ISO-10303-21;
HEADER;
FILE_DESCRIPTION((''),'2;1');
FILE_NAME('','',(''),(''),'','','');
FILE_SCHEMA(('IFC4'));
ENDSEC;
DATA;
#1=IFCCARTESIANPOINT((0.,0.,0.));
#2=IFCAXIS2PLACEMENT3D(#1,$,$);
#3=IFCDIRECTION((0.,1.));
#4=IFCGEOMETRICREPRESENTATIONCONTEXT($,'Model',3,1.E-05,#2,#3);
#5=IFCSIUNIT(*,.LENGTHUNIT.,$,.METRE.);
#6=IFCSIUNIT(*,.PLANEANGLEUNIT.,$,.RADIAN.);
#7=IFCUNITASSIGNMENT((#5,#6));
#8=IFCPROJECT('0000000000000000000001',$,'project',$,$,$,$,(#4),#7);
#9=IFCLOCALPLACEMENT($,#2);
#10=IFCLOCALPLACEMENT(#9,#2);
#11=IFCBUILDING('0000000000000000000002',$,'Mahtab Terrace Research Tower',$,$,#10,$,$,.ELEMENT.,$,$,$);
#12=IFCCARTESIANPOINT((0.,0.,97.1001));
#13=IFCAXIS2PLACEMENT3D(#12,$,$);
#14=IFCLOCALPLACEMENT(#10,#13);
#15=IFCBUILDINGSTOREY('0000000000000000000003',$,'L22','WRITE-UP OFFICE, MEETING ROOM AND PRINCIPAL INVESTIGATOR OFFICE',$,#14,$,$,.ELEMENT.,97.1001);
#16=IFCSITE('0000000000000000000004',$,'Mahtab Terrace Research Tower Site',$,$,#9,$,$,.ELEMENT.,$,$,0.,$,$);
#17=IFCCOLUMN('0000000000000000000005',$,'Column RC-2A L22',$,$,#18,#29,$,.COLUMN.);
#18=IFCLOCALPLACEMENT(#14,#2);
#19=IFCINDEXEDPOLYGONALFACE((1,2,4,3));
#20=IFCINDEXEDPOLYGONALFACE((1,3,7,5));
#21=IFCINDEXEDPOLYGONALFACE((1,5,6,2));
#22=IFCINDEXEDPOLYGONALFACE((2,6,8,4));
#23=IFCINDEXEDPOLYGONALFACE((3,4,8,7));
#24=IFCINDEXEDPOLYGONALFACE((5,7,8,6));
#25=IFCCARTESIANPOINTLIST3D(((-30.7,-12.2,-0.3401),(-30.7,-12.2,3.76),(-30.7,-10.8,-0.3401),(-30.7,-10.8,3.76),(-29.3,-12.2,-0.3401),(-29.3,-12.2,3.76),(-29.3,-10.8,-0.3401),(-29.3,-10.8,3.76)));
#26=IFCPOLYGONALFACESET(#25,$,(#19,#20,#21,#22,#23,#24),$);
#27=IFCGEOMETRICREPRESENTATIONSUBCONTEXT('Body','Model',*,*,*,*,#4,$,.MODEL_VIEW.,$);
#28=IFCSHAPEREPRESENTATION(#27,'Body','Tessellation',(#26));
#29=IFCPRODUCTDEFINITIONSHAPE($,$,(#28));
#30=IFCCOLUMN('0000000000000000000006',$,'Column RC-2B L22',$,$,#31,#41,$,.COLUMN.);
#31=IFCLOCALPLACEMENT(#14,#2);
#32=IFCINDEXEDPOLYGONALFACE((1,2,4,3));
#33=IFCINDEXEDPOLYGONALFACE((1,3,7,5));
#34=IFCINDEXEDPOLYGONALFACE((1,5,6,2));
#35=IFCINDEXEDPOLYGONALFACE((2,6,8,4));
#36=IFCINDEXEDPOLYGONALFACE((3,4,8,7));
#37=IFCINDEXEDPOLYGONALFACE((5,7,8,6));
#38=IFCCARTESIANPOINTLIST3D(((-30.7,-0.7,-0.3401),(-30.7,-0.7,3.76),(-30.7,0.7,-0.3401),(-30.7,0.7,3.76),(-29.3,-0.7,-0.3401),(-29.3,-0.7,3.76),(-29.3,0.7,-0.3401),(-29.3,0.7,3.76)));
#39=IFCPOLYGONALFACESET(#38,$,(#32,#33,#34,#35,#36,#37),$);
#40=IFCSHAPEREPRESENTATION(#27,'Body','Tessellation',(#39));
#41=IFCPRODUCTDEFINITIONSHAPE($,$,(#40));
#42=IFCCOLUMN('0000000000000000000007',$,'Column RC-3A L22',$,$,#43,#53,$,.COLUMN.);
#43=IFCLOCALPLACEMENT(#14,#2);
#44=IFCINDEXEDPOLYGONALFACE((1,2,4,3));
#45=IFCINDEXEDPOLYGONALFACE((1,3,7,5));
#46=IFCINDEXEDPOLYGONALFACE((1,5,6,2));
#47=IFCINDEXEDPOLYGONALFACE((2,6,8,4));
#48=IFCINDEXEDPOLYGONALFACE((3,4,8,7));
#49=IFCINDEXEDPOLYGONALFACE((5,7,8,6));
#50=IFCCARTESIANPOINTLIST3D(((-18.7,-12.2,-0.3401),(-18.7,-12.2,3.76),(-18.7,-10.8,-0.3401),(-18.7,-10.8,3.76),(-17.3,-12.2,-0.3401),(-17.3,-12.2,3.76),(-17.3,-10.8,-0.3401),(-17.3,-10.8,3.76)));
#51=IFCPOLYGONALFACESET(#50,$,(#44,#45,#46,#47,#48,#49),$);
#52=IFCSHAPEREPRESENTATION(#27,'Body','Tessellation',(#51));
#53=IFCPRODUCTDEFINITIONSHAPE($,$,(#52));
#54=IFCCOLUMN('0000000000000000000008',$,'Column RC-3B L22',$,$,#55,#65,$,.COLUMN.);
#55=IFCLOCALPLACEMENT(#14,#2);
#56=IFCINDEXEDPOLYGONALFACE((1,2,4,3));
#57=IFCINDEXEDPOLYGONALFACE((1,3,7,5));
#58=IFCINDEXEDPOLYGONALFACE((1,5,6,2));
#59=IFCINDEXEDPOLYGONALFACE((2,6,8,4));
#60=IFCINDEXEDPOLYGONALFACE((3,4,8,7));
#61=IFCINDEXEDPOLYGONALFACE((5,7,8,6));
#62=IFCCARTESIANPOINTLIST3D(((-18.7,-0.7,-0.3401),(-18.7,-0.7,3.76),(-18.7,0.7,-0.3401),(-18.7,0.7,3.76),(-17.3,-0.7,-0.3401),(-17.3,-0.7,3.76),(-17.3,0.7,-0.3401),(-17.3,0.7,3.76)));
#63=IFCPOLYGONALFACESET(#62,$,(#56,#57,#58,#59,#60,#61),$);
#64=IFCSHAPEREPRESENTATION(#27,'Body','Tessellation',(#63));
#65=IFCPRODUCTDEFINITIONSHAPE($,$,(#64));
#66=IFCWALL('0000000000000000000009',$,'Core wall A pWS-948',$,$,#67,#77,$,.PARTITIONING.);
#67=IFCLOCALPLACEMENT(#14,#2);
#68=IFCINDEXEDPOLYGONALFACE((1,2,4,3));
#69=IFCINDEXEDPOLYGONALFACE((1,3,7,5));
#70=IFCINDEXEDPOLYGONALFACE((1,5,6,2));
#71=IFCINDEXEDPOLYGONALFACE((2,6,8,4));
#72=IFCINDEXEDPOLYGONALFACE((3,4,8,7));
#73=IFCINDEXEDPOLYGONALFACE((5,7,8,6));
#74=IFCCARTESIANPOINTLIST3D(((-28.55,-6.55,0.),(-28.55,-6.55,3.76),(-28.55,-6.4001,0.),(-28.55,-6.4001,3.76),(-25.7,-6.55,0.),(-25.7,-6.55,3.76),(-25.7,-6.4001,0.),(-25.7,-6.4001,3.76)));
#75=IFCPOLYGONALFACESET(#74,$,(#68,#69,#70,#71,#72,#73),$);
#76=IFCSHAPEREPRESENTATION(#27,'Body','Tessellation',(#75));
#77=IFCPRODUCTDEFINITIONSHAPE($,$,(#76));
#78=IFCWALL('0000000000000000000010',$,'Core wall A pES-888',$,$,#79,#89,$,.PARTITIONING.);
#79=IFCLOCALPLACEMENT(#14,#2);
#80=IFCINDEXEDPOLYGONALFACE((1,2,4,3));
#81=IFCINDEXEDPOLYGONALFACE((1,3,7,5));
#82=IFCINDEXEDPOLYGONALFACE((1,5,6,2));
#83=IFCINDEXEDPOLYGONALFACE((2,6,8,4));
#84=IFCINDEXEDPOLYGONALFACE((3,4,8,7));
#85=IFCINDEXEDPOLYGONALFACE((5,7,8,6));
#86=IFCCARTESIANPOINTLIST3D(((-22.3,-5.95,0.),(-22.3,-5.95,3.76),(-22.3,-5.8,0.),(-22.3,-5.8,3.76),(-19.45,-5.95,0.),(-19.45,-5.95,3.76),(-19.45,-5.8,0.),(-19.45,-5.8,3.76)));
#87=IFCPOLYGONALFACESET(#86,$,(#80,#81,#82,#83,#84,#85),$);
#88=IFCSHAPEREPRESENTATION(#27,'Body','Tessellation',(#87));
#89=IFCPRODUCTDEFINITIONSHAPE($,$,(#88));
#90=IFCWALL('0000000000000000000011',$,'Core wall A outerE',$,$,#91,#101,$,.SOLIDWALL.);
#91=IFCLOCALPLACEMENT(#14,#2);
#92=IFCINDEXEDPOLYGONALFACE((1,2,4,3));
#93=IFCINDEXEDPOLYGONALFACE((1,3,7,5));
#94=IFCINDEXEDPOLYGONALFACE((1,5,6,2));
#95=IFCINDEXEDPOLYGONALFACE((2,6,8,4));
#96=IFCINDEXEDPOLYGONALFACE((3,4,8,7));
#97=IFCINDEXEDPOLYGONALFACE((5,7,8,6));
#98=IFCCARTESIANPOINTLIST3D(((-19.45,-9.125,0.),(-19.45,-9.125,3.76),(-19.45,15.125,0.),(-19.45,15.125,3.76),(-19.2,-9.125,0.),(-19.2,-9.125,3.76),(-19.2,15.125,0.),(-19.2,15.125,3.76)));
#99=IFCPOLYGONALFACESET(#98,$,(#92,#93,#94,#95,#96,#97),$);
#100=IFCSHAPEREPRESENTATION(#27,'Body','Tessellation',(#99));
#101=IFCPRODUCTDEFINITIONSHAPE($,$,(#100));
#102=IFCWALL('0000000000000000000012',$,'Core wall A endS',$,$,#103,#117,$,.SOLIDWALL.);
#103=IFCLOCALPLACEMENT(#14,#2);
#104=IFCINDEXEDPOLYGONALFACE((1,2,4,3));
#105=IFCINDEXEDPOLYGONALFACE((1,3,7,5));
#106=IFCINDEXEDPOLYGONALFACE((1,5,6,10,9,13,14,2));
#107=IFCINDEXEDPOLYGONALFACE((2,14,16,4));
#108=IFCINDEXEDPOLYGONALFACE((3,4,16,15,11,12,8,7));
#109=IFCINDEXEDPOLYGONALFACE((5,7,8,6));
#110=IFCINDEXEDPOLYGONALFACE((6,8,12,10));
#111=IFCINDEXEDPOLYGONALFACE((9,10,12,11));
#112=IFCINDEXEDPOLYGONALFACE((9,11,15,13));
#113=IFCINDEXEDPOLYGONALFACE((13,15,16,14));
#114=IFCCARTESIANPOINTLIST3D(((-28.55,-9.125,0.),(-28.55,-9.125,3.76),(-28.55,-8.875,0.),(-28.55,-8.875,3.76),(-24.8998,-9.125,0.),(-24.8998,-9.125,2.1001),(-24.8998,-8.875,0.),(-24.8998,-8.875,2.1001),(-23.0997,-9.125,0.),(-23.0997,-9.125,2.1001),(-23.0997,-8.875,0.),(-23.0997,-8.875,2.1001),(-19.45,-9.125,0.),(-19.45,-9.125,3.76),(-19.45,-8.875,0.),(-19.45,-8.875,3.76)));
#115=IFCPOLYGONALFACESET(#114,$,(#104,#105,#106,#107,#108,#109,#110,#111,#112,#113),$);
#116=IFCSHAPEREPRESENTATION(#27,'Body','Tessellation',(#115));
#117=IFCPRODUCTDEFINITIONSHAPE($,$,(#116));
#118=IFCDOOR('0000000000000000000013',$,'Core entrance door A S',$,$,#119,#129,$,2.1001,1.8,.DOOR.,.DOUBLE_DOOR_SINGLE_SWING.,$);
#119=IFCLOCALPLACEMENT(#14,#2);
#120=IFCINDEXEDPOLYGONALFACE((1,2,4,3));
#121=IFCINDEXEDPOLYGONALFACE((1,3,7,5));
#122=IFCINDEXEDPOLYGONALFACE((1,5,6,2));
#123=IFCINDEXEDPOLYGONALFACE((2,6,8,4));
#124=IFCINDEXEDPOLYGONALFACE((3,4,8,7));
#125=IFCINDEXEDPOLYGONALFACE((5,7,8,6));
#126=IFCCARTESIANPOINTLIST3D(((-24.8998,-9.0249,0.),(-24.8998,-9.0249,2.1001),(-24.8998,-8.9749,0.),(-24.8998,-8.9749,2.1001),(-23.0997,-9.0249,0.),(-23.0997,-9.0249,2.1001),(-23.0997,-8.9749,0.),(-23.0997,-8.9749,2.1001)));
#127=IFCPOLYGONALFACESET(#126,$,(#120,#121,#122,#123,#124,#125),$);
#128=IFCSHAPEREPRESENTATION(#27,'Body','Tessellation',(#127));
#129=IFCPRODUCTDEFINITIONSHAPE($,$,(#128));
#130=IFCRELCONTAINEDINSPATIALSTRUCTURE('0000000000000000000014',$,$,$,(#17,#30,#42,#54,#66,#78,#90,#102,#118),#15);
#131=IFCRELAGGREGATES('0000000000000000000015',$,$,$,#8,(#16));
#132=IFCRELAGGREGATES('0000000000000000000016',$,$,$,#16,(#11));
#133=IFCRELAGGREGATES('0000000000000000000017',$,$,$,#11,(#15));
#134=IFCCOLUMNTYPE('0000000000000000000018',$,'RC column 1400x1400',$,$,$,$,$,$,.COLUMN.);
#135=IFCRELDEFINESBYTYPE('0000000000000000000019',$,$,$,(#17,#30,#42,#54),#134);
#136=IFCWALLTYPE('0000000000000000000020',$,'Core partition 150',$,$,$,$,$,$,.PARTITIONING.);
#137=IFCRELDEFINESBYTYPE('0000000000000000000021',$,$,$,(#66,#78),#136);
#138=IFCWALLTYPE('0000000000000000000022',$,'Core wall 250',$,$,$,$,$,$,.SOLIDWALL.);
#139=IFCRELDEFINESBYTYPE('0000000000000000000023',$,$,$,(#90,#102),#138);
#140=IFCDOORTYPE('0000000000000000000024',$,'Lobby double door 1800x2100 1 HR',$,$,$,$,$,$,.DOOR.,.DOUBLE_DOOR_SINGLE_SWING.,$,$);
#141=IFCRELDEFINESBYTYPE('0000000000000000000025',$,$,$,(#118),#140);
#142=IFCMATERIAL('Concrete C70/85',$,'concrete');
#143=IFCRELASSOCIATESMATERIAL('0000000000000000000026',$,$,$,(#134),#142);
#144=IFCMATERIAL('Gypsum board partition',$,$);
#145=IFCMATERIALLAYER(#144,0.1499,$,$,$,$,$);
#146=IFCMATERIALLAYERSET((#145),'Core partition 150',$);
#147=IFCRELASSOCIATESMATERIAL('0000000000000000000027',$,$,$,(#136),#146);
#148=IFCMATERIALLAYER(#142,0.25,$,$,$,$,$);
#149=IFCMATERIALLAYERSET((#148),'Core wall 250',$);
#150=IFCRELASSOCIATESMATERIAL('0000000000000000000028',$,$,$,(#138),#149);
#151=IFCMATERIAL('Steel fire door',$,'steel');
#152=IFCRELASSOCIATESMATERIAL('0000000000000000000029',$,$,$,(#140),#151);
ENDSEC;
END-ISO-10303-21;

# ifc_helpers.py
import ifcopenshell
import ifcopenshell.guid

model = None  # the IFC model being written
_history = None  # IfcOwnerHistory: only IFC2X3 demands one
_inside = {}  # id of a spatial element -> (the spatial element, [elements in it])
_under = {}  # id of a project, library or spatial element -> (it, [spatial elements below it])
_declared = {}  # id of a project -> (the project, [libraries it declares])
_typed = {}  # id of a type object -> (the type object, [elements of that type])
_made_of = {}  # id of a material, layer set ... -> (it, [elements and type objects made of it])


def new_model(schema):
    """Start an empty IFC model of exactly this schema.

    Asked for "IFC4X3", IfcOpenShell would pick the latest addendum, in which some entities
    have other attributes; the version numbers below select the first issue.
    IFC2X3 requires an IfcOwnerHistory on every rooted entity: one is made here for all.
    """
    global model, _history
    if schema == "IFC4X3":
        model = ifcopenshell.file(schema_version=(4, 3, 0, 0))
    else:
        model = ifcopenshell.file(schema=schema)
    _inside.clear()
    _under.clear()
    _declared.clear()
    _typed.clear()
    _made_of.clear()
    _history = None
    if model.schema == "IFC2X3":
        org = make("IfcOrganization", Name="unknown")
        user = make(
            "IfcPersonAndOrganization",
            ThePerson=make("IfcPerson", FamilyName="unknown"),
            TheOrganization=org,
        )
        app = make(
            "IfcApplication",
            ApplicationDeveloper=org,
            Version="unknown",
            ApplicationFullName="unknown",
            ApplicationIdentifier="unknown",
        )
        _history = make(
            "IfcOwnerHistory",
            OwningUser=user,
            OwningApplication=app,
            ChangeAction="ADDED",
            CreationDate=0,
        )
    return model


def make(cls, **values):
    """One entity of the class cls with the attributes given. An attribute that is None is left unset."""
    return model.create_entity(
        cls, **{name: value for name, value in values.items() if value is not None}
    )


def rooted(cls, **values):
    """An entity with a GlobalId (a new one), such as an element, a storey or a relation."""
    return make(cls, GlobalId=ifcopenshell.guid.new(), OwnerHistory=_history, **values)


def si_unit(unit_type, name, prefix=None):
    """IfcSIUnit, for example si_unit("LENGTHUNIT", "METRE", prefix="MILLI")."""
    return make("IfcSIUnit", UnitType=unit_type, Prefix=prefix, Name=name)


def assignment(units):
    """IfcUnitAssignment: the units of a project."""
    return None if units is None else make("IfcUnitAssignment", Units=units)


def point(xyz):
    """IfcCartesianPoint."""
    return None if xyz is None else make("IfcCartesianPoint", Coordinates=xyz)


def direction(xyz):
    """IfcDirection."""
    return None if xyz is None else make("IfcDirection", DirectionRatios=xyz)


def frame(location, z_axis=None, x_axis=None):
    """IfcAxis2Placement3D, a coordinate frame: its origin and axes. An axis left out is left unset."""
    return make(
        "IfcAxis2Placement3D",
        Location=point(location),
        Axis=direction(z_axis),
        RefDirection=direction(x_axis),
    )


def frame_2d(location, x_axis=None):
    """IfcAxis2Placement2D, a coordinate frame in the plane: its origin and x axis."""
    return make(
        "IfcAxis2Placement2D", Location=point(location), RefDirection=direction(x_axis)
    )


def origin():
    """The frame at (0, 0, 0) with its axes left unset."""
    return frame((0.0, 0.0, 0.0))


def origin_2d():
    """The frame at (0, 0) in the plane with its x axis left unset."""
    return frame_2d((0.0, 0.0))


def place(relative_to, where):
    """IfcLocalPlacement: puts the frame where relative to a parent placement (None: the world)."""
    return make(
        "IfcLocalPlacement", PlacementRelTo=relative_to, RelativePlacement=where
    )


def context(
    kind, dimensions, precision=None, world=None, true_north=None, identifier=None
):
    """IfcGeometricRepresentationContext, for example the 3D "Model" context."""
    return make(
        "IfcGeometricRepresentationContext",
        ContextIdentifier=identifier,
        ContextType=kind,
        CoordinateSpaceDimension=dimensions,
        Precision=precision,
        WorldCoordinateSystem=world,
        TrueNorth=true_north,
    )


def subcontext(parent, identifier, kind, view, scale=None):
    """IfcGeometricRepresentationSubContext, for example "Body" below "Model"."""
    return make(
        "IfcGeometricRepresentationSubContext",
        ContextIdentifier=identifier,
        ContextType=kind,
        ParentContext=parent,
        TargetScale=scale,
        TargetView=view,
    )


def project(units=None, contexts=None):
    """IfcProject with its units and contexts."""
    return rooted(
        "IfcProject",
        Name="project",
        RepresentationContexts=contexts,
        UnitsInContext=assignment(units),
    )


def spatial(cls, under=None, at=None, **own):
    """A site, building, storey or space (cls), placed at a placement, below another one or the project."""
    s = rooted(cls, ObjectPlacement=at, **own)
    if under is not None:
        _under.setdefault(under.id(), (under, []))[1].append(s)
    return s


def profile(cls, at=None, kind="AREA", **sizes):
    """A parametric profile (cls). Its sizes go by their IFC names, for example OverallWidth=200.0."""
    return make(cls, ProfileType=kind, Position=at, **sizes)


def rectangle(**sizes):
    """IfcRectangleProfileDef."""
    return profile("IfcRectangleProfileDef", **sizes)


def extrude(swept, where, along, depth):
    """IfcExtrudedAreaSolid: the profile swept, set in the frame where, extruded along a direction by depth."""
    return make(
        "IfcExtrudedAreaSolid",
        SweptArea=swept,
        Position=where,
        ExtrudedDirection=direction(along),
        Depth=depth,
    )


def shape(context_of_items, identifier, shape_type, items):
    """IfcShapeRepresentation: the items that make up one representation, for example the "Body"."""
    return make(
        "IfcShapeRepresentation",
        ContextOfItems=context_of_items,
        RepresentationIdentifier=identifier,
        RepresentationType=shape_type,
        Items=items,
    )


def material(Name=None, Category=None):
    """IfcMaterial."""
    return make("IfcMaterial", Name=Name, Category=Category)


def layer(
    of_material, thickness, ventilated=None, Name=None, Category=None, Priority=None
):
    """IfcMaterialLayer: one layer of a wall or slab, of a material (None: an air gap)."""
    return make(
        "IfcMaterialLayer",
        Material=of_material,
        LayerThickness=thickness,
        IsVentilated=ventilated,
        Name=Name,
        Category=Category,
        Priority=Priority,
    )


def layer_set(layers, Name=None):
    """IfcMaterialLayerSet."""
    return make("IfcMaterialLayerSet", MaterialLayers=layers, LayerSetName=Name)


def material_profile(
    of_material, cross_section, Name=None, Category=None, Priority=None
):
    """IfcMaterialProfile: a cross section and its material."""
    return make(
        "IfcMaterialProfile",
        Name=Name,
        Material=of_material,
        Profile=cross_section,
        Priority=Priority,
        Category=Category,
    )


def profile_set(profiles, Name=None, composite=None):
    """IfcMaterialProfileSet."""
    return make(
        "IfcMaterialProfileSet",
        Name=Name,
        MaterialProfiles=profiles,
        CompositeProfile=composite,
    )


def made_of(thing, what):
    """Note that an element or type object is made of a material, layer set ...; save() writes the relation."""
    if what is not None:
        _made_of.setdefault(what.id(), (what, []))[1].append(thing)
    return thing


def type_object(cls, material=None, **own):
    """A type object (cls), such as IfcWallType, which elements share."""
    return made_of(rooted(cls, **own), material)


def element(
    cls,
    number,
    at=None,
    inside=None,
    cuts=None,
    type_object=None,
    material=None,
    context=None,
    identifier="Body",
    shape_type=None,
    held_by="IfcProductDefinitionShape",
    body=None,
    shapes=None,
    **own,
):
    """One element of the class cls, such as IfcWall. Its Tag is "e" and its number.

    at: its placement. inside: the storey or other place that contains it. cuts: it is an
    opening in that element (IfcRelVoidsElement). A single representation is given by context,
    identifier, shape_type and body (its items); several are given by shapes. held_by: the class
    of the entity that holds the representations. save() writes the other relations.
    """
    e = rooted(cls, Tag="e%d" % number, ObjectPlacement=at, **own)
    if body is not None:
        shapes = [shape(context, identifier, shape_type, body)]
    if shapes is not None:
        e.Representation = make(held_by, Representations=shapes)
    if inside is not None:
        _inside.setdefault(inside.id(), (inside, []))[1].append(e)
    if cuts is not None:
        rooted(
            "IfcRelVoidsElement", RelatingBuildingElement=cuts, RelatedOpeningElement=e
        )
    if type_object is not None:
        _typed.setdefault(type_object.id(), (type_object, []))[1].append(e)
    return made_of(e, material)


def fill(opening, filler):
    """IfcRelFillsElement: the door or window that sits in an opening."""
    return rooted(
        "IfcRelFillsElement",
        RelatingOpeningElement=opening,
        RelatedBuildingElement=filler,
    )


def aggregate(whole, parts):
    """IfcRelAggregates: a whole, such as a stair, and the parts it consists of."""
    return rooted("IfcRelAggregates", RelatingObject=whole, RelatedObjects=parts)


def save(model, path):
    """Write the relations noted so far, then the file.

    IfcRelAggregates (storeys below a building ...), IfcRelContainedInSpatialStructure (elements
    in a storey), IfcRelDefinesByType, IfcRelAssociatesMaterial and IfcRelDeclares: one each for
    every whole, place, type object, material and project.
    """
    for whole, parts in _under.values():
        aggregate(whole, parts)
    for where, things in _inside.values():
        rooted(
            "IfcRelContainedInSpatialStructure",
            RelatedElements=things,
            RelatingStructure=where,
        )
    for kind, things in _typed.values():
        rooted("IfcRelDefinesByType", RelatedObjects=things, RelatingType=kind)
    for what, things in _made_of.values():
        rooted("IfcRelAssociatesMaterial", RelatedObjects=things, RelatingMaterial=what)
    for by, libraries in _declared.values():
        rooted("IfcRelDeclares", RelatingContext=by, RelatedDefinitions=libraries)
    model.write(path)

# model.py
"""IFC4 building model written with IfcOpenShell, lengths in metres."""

from ifc_helpers import new_model, si_unit, direction, frame, frame_2d, origin, origin_2d, place, context, subcontext, project, spatial, rectangle, extrude, material, layer, layer_set, material_profile, profile_set, type_object, element, fill, save


model = new_model("IFC4")

# Units and contexts
model_context = context("Model", 3, precision=1e-05, world=origin(), true_north=direction((0.0, 1.0)))
body_context = subcontext(model_context, "Body", "Model", "MODEL_VIEW")
ifc_project = project(units=[si_unit("LENGTHUNIT", "METRE"), si_unit("PLANEANGLEUNIT", "RADIAN")], contexts=[model_context])

# Site, building, storey
site_placement = place(None, origin())
site = spatial("IfcSite", under=ifc_project, at=site_placement, Name="Mahtab Terrace Research Tower Site", CompositionType="ELEMENT", RefElevation=0.0)
building_placement = place(site_placement, origin())
building = spatial("IfcBuilding", under=site, at=building_placement, Name="Mahtab Terrace Research Tower", CompositionType="ELEMENT")
storey_placement = place(building_placement, frame((0.0, 0.0, 97.1001)))
storey = spatial("IfcBuildingStorey", under=building, at=storey_placement, Name="L22", Description="WRITE-UP OFFICE, MEETING ROOM AND PRINCIPAL INVESTIGATOR OFFICE", CompositionType="ELEMENT", Elevation=97.1001)

# Columns
ifc_material_1 = material(Name="Concrete C70/85", Category="concrete")
ifc_material_profile = material_profile(ifc_material_1, rectangle(XDim=1.3999, YDim=1.3999, at=origin_2d()), Name="RC column 1400x1400")
ifc_profile_set = profile_set([ifc_material_profile], Name="Concrete C70/85")
column_type = type_object("IfcColumnType", Name="RC column 1400x1400", PredefinedType="COLUMN", material=ifc_profile_set)
for number, where, z_axis, x_axis, name in (
    (1, (-30.0, -11.5, -0.3401), (0.0, 0.0, 1.0), (1.0, 0.0, 0.0), "Column RC-2A L22"),
    (2, (-30.0, 0.0, -0.3401), (0.0, 0.0, 1.0), (1.0, 0.0, 0.0), "Column RC-2B L22"),
    (3, (-18.0, -11.5, -0.3401), (0.0, 0.0, 1.0), (1.0, 0.0, 0.0), "Column RC-3A L22"),
    (4, (-18.0, 0.0, -0.3401), (0.0, 0.0, 1.0), (1.0, 0.0, 0.0), "Column RC-3B L22"),
):
    element("IfcColumn", number, at=place(storey_placement, frame(where, z_axis=z_axis, x_axis=x_axis)), inside=storey, type_object=column_type, Name=name, PredefinedType="COLUMN", context=body_context, shape_type="SweptSolid", body=[
        extrude(rectangle(XDim=1.3999, YDim=1.3999, at=origin_2d()), origin(), (0.0, 0.0, 1.0), 4.1001),
    ])

# Walls
ifc_material_2 = material(Name="Gypsum board partition")
ifc_layer_1 = layer(ifc_material_2, 0.1499)
ifc_layer_set_1 = layer_set([ifc_layer_1], Name="Core partition 150")
wall_type_1 = type_object("IfcWallType", Name="Core partition 150", PredefinedType="PARTITIONING", material=ifc_layer_set_1)
for number, where, z_axis, x_axis, name in (
    (5, (-28.55, -6.4751, 0.0), (0.0, 0.0, 1.0), (1.0, 0.0, 0.0), "Core wall A pWS-948"),
    (6, (-22.3, -5.875, 0.0), (0.0, 0.0, 1.0), (1.0, 0.0, 0.0), "Core wall A pES-888"),
):
    element("IfcWall", number, at=place(storey_placement, frame(where, z_axis=z_axis, x_axis=x_axis)), inside=storey, type_object=wall_type_1, Name=name, PredefinedType="PARTITIONING", context=body_context, shape_type="SweptSolid", body=[
        extrude(rectangle(XDim=2.8501, YDim=0.1499, at=frame_2d((1.425, 0.0))), origin(), (0.0, 0.0, 1.0), 3.76),
    ])
ifc_layer_2 = layer(ifc_material_1, 0.25)
ifc_layer_set_2 = layer_set([ifc_layer_2], Name="Core wall 250")
wall_type_2 = type_object("IfcWallType", Name="Core wall 250", PredefinedType="SOLIDWALL", material=ifc_layer_set_2)
wall_1_placement = place(storey_placement, frame((-19.325, -9.125, 0.0), z_axis=(0.0, 0.0, 1.0), x_axis=(0.0, 1.0, 0.0)))
element("IfcWall", 7, at=wall_1_placement, inside=storey, type_object=wall_type_2, Name="Core wall A outerE", PredefinedType="SOLIDWALL", context=body_context, shape_type="SweptSolid", body=[
    extrude(rectangle(XDim=24.25, YDim=0.25, at=frame_2d((12.125, 0.0))), origin(), (0.0, 0.0, 1.0), 3.76),
])

# Wall, opening, door
wall_2_placement = place(storey_placement, frame((-19.45, -9.0, 0.0), z_axis=(0.0, 0.0, 1.0), x_axis=(-1.0, 0.0, 0.0)))
wall_2 = element("IfcWall", 8, at=wall_2_placement, inside=storey, type_object=wall_type_2, Name="Core wall A endS", PredefinedType="SOLIDWALL", context=body_context, shape_type="SweptSolid", body=[
    extrude(rectangle(XDim=9.1001, YDim=0.25, at=frame_2d((4.55, 0.0))), origin(), (0.0, 0.0, 1.0), 3.76),
])
opening_1_placement = place(wall_2_placement, frame((3.6499, 0.0, 0.0)))
opening_1 = element("IfcOpeningElement", 9, at=opening_1_placement, cuts=wall_2, PredefinedType="OPENING", context=body_context, shape_type="SweptSolid", body=[
    extrude(rectangle(XDim=1.8, YDim=2.1001, at=frame_2d((0.8999, 1.05))), frame((0.0, 0.135, 0.0), z_axis=(0.0, -1.0, 0.0), x_axis=(1.0, 0.0, 0.0)), (0.0, 0.0, 1.0), 0.27),
])
ifc_material_3 = material(Name="Steel fire door", Category="steel")
door_type_1 = type_object("IfcDoorType", Name="Lobby double door 1800x2100 1 HR", OperationType="DOUBLE_DOOR_SINGLE_SWING", PredefinedType="DOOR", material=ifc_material_3)
door_1_placement = place(opening_1_placement, origin())
door_1 = element("IfcDoor", 10, at=door_1_placement, inside=storey, type_object=door_type_1, Name="Core entrance door A S", OperationType="DOUBLE_DOOR_SINGLE_SWING", OverallHeight=2.1001, OverallWidth=1.8, PredefinedType="DOOR", context=body_context, shape_type="SweptSolid", body=[
    extrude(rectangle(XDim=1.8, YDim=2.1001, at=frame_2d((0.8999, 1.05))), frame((0.0, 0.0249, 0.0), z_axis=(0.0, -1.0, 0.0), x_axis=(1.0, 0.0, 0.0)), (0.0, 0.0, 1.0), 0.05),
])
fill(opening_1, door_1)

save(model, "model.ifc")
